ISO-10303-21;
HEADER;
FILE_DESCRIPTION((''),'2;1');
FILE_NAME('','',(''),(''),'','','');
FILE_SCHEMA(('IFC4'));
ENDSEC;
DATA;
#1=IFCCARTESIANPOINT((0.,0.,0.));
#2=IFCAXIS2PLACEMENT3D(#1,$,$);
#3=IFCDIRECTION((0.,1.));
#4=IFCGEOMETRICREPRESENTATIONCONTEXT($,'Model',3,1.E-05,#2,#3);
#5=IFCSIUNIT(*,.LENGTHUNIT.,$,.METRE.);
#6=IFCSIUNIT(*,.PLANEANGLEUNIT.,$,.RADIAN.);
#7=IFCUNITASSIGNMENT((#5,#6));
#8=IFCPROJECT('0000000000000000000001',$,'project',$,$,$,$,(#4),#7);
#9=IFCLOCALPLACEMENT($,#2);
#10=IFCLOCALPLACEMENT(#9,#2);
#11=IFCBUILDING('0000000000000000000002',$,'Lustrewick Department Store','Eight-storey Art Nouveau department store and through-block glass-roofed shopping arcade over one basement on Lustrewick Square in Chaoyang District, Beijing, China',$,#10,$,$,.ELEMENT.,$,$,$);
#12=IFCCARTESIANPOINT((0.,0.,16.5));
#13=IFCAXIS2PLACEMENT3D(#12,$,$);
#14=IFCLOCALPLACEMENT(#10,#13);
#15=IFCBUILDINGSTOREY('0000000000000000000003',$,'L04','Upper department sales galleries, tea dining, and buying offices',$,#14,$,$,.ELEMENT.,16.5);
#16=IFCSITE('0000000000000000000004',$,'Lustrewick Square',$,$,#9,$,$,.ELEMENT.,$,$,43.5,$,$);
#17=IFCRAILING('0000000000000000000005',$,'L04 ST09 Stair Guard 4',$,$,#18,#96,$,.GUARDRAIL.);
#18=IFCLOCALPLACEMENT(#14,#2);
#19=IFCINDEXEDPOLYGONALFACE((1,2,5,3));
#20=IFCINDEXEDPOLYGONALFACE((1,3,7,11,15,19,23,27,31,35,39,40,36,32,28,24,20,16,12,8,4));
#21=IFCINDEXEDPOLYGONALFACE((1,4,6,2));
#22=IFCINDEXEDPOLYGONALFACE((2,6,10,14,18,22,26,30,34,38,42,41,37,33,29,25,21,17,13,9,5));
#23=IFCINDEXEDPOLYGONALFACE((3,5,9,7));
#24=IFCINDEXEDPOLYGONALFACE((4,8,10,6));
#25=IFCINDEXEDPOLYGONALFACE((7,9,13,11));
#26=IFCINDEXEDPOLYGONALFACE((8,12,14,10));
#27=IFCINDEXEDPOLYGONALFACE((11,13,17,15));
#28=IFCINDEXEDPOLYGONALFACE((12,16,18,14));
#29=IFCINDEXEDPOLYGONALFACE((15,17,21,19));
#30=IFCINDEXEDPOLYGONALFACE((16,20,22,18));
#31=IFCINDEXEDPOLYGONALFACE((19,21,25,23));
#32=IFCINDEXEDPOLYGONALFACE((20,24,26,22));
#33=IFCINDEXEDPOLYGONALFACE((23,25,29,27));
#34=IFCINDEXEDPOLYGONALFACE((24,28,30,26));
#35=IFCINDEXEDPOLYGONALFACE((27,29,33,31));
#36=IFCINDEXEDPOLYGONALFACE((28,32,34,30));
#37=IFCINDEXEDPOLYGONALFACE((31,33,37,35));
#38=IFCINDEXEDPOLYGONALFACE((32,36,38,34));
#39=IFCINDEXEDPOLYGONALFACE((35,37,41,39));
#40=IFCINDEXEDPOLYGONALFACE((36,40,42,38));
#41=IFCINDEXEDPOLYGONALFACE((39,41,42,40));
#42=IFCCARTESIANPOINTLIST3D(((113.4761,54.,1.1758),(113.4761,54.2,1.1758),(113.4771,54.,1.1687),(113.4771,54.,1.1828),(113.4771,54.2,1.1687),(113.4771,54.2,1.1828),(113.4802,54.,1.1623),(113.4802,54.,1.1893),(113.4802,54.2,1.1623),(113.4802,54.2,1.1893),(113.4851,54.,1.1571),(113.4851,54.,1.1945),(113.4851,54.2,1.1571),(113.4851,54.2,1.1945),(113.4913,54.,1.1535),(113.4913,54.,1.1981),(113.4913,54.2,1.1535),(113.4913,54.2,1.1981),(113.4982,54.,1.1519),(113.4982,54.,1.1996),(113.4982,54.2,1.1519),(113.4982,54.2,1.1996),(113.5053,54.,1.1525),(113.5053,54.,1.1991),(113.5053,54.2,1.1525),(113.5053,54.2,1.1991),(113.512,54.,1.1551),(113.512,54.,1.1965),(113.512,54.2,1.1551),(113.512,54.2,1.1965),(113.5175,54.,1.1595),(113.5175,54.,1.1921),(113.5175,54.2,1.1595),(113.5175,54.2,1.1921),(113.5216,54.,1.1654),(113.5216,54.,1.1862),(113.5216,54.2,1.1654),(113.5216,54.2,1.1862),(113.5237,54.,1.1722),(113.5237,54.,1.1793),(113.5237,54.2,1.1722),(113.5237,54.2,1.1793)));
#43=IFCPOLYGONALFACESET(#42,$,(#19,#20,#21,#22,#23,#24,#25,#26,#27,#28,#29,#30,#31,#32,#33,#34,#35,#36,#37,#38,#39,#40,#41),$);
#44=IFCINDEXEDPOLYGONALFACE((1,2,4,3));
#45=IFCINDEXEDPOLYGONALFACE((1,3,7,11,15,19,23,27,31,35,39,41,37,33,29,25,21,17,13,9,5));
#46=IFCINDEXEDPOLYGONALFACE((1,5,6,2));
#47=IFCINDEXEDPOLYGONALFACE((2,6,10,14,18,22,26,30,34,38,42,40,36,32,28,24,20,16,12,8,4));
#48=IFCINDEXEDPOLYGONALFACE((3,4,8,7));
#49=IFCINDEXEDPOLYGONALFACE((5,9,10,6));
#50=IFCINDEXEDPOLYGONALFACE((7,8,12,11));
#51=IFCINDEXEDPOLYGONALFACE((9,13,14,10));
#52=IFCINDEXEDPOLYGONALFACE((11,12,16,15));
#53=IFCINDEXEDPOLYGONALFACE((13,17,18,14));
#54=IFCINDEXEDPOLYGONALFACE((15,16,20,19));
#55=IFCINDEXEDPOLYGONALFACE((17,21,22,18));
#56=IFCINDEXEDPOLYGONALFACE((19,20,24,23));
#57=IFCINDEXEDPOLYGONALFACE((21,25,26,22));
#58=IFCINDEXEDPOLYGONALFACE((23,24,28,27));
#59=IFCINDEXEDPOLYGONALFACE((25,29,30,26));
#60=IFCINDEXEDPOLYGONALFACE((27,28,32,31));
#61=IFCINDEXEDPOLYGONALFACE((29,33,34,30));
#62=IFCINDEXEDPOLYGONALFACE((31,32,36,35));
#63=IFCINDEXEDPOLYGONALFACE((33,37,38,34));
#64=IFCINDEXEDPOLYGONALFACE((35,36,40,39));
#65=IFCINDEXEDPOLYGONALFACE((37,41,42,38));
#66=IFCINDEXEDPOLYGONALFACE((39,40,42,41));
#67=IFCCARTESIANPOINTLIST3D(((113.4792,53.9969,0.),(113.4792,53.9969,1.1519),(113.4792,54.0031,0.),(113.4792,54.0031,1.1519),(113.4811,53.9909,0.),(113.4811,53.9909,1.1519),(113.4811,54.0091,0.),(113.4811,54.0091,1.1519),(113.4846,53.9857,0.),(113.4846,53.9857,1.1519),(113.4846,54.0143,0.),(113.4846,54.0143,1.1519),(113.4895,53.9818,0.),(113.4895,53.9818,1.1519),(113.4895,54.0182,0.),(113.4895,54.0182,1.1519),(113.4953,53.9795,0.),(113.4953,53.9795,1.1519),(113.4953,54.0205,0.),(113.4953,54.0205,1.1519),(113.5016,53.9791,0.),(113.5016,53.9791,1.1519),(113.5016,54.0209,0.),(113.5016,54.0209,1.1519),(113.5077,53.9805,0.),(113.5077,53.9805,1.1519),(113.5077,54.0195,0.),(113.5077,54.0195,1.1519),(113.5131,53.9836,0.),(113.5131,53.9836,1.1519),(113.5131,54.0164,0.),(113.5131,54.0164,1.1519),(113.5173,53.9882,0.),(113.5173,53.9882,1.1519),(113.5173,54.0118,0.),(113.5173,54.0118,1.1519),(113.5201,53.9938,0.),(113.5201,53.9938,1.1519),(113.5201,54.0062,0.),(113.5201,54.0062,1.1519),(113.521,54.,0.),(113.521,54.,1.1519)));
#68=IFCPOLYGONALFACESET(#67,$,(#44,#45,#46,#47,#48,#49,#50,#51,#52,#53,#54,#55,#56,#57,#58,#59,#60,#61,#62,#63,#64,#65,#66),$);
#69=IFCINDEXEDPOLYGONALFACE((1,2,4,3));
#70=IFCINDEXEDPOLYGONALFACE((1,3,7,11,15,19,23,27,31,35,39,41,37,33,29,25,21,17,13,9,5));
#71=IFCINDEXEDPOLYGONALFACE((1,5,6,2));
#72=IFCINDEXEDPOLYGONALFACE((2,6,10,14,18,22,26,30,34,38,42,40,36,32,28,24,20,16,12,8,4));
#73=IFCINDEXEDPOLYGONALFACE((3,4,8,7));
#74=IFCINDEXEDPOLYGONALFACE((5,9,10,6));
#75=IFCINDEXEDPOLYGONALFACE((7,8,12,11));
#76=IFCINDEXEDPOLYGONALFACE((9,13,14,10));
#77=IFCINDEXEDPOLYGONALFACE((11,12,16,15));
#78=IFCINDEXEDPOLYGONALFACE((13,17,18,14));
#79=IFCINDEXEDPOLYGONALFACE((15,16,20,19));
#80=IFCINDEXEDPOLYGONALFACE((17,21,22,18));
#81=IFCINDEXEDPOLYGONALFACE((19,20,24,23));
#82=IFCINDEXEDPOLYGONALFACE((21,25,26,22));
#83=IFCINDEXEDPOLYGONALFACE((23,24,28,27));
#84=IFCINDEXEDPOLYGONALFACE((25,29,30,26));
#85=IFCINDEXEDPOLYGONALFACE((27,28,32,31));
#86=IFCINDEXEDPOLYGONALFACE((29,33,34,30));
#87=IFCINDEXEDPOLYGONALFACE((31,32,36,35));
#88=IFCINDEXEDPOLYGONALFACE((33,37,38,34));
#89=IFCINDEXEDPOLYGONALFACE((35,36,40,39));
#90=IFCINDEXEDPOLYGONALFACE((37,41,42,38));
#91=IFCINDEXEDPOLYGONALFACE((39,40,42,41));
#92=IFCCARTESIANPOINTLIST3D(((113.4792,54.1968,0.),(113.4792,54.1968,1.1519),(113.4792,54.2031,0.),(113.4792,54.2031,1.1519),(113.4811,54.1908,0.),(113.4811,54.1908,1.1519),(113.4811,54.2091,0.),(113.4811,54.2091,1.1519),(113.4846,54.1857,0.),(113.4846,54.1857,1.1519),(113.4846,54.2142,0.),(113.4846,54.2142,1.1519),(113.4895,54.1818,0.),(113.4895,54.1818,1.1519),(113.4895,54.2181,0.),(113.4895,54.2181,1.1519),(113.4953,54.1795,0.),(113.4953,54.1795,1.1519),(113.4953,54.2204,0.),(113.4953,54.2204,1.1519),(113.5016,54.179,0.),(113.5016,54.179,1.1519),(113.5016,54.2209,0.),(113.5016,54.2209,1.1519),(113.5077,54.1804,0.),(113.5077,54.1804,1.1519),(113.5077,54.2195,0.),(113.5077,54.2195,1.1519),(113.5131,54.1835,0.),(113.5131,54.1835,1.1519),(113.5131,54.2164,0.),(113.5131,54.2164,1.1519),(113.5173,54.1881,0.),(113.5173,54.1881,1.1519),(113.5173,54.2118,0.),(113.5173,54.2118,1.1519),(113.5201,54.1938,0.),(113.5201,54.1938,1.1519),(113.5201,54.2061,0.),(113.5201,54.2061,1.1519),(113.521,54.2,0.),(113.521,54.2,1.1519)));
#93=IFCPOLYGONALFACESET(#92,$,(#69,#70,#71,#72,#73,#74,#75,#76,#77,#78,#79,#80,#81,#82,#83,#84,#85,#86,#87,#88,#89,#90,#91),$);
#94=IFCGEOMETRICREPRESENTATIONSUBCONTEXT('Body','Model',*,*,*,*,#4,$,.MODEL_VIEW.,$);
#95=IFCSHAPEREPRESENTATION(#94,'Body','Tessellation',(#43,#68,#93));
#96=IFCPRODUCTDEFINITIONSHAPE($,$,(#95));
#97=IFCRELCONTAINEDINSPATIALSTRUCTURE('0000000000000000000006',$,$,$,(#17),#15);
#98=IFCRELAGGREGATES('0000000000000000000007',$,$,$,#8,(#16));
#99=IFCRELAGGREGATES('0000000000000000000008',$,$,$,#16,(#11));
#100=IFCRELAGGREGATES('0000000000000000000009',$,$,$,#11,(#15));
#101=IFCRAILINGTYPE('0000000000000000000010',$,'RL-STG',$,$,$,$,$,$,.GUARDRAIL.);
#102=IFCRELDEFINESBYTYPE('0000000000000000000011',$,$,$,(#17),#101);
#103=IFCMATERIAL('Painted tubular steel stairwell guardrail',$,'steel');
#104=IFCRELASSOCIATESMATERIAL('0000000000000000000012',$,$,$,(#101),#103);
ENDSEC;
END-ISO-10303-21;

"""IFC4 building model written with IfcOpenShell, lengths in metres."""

from ifc_helpers import new_model, si_unit, direction, frame, origin, origin_2d, place, context, subcontext, project, spatial, circle, extrude, material, type_object, element, save


model = new_model("IFC4")

# Units and contexts
model_context = context("Model", 3, precision=1e-05, world=origin(), true_north=direction((0.0, 1.0)))
body_context = subcontext(model_context, "Body", "Model", "MODEL_VIEW")
ifc_project = project(units=[si_unit("LENGTHUNIT", "METRE"), si_unit("PLANEANGLEUNIT", "RADIAN")], contexts=[model_context])

# Site, building, storey
site_placement = place(None, origin())
site = spatial("IfcSite", under=ifc_project, at=site_placement, Name="Lustrewick Square", CompositionType="ELEMENT", RefElevation=43.5)
building_placement = place(site_placement, origin())
building = spatial("IfcBuilding", under=site, at=building_placement, Name="Lustrewick Department Store", Description="Eight-storey Art Nouveau department store and through-block glass-roofed shopping arcade over one basement on Lustrewick Square in Chaoyang District, Beijing, China", CompositionType="ELEMENT")
storey_placement = place(building_placement, frame((0.0, 0.0, 16.5)))
storey = spatial("IfcBuildingStorey", under=building, at=storey_placement, Name="L04", Description="Upper department sales galleries, tea dining, and buying offices", CompositionType="ELEMENT", Elevation=16.5)

# Railing
ifc_material_1 = material(Name="Painted tubular steel stairwell guardrail", Category="steel")
railing_type_1 = type_object("IfcRailingType", Name="RL-STG", PredefinedType="GUARDRAIL", material=ifc_material_1)
railing_1_placement = place(storey_placement, frame((113.5, 54.0, 0.0)))
element("IfcRailing", 1, at=railing_1_placement, inside=storey, type_object=railing_type_1, Name="L04 ST09 Stair Guard 4", PredefinedType="GUARDRAIL", context=body_context, shape_type="SweptSolid", body=[
    extrude(circle(Radius=0.0239, at=origin_2d()), frame((0.0, 0.0, 1.1758), z_axis=(0.0, 1.0, 0.0), x_axis=(-1.0, 0.0, 0.0)), (0.0, 0.0, 1.0), 0.2),
    extrude(circle(Radius=0.021, at=origin_2d()), origin(), (0.0, 0.0, 1.0), 1.1519),
    extrude(circle(Radius=0.021, at=origin_2d()), frame((0.0, 0.2, 0.0)), (0.0, 0.0, 1.0), 1.1519),
])

save(model, "model.ifc")
